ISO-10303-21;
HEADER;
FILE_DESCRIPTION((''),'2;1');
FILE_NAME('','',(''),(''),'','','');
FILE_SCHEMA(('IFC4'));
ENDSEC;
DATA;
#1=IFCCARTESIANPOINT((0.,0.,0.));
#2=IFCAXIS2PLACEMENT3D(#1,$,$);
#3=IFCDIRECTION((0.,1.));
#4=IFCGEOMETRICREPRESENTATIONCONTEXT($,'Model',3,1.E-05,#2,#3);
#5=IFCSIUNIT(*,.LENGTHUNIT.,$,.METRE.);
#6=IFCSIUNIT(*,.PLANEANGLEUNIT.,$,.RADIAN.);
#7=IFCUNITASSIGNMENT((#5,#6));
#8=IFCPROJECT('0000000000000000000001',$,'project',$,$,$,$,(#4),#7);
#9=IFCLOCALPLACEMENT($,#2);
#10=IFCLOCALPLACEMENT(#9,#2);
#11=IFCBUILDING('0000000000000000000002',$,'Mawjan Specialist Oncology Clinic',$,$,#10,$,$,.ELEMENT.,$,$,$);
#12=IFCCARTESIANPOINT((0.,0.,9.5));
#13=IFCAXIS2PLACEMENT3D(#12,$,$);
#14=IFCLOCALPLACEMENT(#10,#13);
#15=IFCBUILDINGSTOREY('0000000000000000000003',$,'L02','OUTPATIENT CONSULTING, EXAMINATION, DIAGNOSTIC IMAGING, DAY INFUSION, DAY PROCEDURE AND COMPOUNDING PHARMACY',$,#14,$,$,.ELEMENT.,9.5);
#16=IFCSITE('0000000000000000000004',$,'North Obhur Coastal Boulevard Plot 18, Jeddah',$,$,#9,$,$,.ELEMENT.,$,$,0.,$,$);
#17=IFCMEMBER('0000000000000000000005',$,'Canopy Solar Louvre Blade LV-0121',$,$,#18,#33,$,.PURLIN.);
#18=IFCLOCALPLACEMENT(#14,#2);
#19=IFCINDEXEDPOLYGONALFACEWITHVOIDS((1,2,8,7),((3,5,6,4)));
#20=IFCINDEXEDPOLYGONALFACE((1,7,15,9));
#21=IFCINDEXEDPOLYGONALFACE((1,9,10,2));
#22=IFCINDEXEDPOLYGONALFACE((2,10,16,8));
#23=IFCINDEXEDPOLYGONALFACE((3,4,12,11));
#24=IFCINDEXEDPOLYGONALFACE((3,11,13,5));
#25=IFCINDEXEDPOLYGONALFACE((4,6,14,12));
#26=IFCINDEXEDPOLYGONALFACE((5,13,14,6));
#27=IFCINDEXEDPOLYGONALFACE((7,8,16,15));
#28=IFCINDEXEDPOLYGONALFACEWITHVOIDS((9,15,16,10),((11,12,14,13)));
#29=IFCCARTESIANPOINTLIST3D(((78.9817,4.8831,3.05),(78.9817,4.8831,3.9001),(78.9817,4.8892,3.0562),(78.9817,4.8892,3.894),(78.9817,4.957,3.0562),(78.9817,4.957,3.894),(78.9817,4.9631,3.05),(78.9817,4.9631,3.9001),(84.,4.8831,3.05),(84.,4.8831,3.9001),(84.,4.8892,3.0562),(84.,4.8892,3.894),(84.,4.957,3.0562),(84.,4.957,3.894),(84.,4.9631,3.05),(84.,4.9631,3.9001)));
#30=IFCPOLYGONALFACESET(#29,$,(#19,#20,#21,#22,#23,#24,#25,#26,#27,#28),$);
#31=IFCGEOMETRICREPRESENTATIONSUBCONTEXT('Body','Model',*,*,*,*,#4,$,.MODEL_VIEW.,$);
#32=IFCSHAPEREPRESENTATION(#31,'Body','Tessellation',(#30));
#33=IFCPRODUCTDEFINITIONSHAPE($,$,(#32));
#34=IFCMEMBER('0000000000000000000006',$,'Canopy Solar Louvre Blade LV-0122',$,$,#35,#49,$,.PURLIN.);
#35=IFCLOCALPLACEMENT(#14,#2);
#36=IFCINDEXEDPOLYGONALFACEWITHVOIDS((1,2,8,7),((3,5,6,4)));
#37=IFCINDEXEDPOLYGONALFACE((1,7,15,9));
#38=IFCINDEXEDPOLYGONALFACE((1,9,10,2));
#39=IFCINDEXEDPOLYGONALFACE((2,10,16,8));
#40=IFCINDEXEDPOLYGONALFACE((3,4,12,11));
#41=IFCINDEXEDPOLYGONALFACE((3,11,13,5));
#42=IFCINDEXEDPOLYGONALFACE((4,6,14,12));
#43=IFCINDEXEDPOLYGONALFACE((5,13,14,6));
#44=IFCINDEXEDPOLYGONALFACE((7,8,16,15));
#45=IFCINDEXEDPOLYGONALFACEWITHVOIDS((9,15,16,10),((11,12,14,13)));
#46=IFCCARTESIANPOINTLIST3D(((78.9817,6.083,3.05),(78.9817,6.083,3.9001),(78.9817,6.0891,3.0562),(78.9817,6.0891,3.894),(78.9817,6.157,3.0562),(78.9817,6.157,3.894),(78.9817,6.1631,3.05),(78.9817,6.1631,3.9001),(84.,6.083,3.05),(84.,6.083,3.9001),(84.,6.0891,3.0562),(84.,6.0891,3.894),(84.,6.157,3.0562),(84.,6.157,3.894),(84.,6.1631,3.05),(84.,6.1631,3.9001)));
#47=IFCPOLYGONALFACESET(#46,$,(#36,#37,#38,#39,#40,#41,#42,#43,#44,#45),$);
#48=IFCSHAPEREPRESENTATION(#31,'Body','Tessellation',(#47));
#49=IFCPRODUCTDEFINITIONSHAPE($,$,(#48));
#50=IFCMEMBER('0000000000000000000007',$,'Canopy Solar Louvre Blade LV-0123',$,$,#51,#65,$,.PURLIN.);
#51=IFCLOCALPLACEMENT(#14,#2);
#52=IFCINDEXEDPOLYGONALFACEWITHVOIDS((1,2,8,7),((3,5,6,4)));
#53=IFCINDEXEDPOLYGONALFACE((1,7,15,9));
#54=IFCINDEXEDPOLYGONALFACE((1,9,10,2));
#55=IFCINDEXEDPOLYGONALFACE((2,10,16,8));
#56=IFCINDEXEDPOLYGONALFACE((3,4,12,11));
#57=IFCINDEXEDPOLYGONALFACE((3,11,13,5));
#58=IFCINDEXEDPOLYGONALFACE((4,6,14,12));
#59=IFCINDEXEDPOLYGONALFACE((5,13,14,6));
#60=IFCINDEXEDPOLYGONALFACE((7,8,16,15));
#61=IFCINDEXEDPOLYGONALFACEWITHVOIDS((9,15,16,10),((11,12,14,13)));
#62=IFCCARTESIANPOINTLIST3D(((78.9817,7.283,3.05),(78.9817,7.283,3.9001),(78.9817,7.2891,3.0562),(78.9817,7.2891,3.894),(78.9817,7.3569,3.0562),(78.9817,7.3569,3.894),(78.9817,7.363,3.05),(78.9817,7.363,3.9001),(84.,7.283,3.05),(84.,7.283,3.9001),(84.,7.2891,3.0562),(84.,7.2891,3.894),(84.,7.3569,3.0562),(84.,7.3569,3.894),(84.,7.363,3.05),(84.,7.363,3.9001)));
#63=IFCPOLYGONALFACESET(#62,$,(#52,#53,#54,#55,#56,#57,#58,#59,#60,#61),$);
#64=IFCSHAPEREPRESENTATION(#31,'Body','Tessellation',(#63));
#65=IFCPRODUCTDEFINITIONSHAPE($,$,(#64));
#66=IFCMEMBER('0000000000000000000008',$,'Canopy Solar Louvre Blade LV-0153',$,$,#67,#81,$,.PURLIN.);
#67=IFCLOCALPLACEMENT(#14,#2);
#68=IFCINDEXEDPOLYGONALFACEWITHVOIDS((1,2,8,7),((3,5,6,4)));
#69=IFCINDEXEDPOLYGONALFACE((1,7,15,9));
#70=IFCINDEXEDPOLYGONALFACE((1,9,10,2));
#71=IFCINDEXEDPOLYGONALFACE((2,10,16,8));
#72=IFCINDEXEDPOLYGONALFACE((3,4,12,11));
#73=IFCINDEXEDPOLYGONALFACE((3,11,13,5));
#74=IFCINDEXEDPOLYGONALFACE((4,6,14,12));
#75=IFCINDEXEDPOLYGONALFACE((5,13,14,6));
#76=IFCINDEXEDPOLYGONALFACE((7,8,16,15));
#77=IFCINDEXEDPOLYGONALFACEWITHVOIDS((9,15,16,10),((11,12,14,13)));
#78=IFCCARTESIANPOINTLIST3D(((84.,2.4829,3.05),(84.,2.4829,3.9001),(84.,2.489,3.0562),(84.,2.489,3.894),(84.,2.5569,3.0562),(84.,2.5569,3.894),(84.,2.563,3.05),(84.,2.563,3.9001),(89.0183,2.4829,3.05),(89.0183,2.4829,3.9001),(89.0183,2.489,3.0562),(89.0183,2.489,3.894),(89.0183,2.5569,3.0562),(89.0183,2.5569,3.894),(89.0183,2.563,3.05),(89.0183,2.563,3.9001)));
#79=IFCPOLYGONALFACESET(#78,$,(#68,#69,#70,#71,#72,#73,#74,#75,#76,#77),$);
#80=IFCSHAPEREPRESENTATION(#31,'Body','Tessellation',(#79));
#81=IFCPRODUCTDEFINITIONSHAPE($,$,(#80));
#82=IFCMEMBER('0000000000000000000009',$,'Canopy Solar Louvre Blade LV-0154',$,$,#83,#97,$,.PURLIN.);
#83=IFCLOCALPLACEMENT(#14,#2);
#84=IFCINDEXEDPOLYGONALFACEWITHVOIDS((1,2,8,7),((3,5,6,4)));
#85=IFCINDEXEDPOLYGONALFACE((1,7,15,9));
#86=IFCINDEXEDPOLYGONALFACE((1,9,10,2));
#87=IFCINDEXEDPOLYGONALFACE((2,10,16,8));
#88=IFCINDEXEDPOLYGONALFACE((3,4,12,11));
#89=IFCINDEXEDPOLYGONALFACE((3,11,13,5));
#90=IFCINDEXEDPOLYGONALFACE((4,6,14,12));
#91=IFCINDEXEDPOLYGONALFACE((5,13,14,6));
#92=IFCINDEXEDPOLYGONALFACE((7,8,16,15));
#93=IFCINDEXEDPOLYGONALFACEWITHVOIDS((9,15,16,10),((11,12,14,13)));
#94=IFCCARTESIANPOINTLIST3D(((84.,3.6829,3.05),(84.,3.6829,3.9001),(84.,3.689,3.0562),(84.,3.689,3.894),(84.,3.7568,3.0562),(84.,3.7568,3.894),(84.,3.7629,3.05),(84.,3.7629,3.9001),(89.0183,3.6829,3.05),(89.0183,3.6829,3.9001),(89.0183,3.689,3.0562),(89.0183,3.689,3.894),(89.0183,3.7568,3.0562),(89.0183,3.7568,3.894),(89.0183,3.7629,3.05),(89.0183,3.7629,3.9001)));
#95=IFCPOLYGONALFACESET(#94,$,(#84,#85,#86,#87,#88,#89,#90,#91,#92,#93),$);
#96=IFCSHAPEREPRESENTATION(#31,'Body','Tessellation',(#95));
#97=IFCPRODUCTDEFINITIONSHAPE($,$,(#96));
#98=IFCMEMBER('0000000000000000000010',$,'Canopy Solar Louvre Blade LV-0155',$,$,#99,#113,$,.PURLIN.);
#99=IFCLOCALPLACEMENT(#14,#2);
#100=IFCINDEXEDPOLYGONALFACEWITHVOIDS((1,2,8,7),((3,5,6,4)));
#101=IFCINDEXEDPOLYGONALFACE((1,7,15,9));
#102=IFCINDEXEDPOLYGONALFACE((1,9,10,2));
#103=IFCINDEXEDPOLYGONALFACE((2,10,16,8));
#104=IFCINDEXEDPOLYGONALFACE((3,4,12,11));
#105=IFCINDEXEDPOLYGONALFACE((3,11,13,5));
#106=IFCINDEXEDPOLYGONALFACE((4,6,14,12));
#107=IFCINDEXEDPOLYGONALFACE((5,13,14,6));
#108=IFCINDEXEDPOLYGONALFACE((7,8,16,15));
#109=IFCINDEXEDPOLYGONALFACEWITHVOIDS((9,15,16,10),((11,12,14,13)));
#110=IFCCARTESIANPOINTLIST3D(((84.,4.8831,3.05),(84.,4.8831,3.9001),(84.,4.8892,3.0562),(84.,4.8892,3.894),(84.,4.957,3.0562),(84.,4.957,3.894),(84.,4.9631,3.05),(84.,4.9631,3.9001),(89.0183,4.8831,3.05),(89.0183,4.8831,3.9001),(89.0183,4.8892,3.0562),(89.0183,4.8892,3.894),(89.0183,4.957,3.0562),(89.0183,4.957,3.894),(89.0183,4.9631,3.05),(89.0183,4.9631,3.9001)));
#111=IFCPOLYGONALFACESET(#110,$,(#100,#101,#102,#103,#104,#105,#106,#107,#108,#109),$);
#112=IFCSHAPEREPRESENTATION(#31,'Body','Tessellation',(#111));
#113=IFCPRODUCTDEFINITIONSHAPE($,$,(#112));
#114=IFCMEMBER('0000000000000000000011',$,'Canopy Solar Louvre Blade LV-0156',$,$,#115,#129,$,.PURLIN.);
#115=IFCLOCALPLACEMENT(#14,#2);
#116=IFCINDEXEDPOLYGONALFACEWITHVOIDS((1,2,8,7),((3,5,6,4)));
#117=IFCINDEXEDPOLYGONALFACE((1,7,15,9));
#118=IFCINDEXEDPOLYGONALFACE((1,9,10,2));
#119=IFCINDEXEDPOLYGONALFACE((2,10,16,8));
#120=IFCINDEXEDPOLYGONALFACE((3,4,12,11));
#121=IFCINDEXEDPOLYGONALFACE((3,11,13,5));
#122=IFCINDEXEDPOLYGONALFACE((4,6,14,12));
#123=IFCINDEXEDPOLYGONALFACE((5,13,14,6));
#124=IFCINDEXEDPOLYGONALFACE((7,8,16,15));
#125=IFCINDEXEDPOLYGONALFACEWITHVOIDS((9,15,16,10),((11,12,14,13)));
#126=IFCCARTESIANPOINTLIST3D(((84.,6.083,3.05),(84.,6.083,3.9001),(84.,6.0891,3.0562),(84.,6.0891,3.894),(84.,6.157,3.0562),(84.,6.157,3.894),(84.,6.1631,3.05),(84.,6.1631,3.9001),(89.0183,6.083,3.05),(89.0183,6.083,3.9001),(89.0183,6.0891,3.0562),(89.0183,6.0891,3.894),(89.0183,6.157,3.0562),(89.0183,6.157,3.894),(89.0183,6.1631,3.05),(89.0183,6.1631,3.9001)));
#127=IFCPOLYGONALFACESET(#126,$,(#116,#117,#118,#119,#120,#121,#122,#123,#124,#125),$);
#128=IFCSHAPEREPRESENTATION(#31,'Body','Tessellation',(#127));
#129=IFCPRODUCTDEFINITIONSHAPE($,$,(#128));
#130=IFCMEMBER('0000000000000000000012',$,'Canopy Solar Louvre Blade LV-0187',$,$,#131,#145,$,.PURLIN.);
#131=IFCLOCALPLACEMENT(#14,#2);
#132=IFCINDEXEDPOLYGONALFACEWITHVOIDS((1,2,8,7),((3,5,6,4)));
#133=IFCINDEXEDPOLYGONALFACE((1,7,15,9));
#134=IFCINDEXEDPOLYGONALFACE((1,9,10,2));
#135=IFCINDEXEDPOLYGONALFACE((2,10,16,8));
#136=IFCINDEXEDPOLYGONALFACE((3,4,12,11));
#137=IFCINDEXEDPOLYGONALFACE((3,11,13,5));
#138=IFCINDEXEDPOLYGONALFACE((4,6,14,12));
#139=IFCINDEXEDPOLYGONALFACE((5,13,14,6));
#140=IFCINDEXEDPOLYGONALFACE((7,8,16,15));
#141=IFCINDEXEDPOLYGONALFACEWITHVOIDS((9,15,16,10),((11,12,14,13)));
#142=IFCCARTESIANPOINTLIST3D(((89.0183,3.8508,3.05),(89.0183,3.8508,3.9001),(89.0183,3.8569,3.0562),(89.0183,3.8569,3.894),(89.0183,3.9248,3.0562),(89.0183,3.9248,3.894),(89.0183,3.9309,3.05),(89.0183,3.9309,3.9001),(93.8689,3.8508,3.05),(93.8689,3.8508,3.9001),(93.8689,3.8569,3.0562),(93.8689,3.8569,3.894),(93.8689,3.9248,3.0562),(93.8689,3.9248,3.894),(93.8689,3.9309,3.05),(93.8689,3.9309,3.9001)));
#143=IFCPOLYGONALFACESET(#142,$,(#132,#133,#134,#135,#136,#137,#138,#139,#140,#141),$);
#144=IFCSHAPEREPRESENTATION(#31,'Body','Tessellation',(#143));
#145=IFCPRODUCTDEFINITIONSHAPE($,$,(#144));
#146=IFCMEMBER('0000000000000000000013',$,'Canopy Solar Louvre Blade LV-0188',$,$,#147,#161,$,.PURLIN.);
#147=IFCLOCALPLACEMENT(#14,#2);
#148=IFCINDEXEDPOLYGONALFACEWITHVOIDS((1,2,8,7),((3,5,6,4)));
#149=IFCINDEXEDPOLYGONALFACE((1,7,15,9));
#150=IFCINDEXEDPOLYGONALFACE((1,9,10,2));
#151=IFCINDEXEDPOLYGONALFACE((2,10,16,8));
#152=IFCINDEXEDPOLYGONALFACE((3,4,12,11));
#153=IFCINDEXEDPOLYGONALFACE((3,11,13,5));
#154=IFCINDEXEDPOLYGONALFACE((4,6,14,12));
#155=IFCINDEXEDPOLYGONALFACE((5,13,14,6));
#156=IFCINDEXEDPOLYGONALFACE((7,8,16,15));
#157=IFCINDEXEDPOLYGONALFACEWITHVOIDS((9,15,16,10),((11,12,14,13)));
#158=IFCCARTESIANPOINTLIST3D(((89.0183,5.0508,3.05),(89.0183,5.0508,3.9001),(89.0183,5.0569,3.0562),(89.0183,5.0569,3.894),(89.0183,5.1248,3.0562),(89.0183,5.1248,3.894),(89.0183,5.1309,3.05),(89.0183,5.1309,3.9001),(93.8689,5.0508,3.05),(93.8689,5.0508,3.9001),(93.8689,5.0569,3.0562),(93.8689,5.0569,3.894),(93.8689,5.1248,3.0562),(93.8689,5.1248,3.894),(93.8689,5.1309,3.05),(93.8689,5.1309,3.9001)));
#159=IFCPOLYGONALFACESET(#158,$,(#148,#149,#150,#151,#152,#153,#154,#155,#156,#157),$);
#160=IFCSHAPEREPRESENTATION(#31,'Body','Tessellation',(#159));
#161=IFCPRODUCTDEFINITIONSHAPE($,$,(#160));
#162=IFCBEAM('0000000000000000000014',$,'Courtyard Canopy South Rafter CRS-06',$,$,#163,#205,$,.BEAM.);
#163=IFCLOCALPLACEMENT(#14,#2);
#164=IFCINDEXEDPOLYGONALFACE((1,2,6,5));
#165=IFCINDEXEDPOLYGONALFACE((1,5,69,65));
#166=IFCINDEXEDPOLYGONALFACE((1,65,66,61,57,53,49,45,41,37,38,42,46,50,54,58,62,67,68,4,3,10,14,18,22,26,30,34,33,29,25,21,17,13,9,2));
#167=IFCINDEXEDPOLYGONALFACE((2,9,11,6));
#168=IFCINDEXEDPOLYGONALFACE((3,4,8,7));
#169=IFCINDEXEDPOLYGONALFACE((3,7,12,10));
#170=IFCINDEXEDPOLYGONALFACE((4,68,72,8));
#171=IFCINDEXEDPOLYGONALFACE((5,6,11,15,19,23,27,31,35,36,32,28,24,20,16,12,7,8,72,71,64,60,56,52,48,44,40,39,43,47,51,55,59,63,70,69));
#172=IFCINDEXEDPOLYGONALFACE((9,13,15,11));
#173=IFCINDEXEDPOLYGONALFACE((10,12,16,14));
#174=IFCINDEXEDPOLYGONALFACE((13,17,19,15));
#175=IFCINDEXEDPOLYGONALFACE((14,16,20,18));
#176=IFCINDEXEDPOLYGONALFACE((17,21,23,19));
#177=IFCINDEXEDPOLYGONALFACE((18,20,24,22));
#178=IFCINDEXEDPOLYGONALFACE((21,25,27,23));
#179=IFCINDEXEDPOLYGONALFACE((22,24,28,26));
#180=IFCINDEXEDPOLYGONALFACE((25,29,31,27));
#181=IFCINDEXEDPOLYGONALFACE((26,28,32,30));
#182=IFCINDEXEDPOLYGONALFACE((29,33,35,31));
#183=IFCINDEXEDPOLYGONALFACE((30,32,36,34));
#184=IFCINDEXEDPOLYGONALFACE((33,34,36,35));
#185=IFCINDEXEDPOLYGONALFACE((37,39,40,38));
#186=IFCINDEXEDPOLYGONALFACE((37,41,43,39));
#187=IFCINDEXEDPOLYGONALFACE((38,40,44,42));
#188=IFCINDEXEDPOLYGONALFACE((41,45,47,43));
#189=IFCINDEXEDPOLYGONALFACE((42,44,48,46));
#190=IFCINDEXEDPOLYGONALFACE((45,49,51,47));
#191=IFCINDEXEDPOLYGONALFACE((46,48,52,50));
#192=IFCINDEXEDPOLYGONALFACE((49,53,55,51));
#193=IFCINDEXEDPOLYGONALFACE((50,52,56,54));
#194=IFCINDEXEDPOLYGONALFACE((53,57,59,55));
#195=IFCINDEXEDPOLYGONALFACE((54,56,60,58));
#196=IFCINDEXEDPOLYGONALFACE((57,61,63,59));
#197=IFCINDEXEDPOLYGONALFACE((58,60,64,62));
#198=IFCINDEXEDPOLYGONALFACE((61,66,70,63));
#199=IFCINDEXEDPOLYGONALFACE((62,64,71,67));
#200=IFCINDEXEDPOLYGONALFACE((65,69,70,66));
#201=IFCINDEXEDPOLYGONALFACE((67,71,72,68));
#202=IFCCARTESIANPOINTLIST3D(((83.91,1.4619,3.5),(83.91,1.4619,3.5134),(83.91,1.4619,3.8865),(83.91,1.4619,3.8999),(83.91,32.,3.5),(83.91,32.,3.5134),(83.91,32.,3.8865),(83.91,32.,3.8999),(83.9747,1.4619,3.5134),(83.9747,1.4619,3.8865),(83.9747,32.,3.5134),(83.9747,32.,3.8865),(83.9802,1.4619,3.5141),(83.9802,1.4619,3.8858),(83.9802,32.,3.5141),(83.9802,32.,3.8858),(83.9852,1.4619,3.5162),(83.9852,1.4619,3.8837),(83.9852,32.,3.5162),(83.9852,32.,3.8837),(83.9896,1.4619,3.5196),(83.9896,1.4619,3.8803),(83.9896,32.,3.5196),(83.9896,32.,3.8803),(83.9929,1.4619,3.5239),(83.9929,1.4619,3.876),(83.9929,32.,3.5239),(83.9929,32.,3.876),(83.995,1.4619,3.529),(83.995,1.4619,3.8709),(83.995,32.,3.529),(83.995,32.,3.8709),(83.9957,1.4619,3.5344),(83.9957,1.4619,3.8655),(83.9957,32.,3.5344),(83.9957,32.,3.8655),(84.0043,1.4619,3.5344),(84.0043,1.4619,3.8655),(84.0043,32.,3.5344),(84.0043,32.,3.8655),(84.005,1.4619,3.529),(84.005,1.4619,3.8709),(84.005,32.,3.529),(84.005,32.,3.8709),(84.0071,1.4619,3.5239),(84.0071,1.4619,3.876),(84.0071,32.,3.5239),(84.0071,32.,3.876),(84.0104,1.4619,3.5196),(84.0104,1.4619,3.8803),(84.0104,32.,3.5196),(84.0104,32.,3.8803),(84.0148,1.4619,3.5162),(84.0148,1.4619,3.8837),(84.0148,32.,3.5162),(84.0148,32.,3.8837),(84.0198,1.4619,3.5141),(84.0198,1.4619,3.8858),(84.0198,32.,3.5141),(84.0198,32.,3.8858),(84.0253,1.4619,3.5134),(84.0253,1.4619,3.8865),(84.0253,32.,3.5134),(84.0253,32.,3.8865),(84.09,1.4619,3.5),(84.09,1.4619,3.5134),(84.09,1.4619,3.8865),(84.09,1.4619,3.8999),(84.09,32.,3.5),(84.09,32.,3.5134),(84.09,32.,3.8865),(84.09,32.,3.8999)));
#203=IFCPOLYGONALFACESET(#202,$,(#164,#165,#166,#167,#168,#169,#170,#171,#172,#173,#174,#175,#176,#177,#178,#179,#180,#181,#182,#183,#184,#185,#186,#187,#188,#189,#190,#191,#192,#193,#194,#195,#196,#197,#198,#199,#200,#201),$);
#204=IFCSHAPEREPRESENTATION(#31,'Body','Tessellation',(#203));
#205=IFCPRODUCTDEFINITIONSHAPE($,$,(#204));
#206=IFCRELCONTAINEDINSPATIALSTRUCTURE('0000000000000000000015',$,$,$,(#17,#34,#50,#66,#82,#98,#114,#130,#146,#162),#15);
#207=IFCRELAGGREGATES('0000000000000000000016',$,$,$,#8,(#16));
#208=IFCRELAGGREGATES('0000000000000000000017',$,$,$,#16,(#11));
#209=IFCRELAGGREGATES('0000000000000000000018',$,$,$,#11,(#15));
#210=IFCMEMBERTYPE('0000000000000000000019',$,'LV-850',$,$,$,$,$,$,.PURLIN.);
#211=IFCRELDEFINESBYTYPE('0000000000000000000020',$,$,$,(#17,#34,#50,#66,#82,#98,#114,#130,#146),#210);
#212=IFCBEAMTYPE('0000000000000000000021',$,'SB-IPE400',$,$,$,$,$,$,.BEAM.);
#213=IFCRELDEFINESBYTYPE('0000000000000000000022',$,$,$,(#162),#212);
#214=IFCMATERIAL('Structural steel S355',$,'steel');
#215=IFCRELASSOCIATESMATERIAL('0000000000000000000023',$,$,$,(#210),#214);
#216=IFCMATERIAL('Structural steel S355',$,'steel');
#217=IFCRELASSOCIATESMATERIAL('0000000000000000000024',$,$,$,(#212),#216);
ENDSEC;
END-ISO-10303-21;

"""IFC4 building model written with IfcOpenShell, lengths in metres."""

from ifc_helpers import new_model, si_unit, direction, frame, origin, origin_2d, place, context, subcontext, project, spatial, hollow_rectangle, i_section, extrude, material, material_profile, profile_set, type_object, element, save


model = new_model("IFC4")

# Units and contexts
model_context = context("Model", 3, precision=1e-05, world=origin(), true_north=direction((0.0, 1.0)))
body_context = subcontext(model_context, "Body", "Model", "MODEL_VIEW")
ifc_project = project(units=[si_unit("LENGTHUNIT", "METRE"), si_unit("PLANEANGLEUNIT", "RADIAN")], contexts=[model_context])

# Site, building, storey
site_placement = place(None, origin())
site = spatial("IfcSite", under=ifc_project, at=site_placement, Name="North Obhur Coastal Boulevard Plot 18, Jeddah", CompositionType="ELEMENT", RefElevation=0.0)
building_placement = place(site_placement, origin())
building = spatial("IfcBuilding", under=site, at=building_placement, Name="Mawjan Specialist Oncology Clinic", CompositionType="ELEMENT")
storey_placement = place(building_placement, frame((0.0, 0.0, 9.5)))
storey = spatial("IfcBuildingStorey", under=building, at=storey_placement, Name="L02", Description="OUTPATIENT CONSULTING, EXAMINATION, DIAGNOSTIC IMAGING, DAY INFUSION, DAY PROCEDURE AND COMPOUNDING PHARMACY", CompositionType="ELEMENT", Elevation=9.5)

# Members
ifc_material_1 = material(Name="Structural steel S355", Category="steel")
ifc_material_profile_1 = material_profile(ifc_material_1, hollow_rectangle(XDim=0.0801, YDim=0.8501, WallThickness=0.0061, at=origin_2d()), Name="LOUVRE 850x80x6", Category="steel")
ifc_profile_set_1 = profile_set([ifc_material_profile_1], Name="Structural steel S355")
member_type_1 = type_object("IfcMemberType", Name="LV-850", PredefinedType="PURLIN", material=ifc_profile_set_1)
for number, where, z_axis, x_axis, name in (
    (1, (78.9817, 4.9231, 3.4751), (1.0, 0.0, 0.0), (0.0, 1.0, 0.0), "Canopy Solar Louvre Blade LV-0121"),
    (2, (78.9817, 6.123, 3.4751), (1.0, 0.0, 0.0), (0.0, 1.0, 0.0), "Canopy Solar Louvre Blade LV-0122"),
    (3, (78.9817, 7.323, 3.4751), (1.0, 0.0, 0.0), (0.0, 1.0, 0.0), "Canopy Solar Louvre Blade LV-0123"),
    (4, (84.0, 2.5229, 3.4751), (1.0, 0.0, 0.0), (0.0, 1.0, 0.0), "Canopy Solar Louvre Blade LV-0153"),
    (5, (84.0, 3.7229, 3.4751), (1.0, 0.0, 0.0), (0.0, 1.0, 0.0), "Canopy Solar Louvre Blade LV-0154"),
    (6, (84.0, 4.9231, 3.4751), (1.0, 0.0, 0.0), (0.0, 1.0, 0.0), "Canopy Solar Louvre Blade LV-0155"),
    (7, (84.0, 6.123, 3.4751), (1.0, 0.0, 0.0), (0.0, 1.0, 0.0), "Canopy Solar Louvre Blade LV-0156"),
):
    element("IfcMember", number, at=place(storey_placement, frame(where, z_axis=z_axis, x_axis=x_axis)), inside=storey, type_object=member_type_1, Name=name, PredefinedType="PURLIN", context=body_context, shape_type="SweptSolid", body=[
        extrude(hollow_rectangle(XDim=0.0801, YDim=0.8501, WallThickness=0.0061, at=origin_2d()), origin(), (0.0, 0.0, 1.0), 5.0183),
    ])
for number, where, z_axis, x_axis, name in (
    (8, (89.0183, 3.8909, 3.4751), (1.0, 0.0, 0.0), (0.0, 1.0, 0.0), "Canopy Solar Louvre Blade LV-0187"),
    (9, (89.0183, 5.0908, 3.4751), (1.0, 0.0, 0.0), (0.0, 1.0, 0.0), "Canopy Solar Louvre Blade LV-0188"),
):
    element("IfcMember", number, at=place(storey_placement, frame(where, z_axis=z_axis, x_axis=x_axis)), inside=storey, type_object=member_type_1, Name=name, PredefinedType="PURLIN", context=body_context, shape_type="SweptSolid", body=[
        extrude(hollow_rectangle(XDim=0.0801, YDim=0.8501, WallThickness=0.0061, at=origin_2d()), origin(), (0.0, 0.0, 1.0), 4.8506),
    ])

# Beam
ifc_material_2 = material(Name="Structural steel S355", Category="steel")
ifc_material_profile_2 = material_profile(ifc_material_2, i_section(OverallWidth=0.1799, OverallDepth=0.3999, WebThickness=0.0085, FlangeThickness=0.0134, FilletRadius=0.021, at=origin_2d()), Name="IPE 400", Category="steel")
ifc_profile_set_2 = profile_set([ifc_material_profile_2], Name="Structural steel S355")
beam_type = type_object("IfcBeamType", Name="SB-IPE400", PredefinedType="BEAM", material=ifc_profile_set_2)
beam_1_placement = place(storey_placement, frame((84.0, 1.4619, 3.7), z_axis=(0.0, 1.0, 0.0), x_axis=(-1.0, 0.0, 0.0)))
element("IfcBeam", 10, at=beam_1_placement, inside=storey, type_object=beam_type, Name="Courtyard Canopy South Rafter CRS-06", PredefinedType="BEAM", context=body_context, shape_type="SweptSolid", body=[
    extrude(i_section(OverallWidth=0.1799, OverallDepth=0.3999, WebThickness=0.0085, FlangeThickness=0.0134, FilletRadius=0.021, at=origin_2d()), origin(), (0.0, 0.0, 1.0), 30.5381),
])

save(model, "model.ifc")
